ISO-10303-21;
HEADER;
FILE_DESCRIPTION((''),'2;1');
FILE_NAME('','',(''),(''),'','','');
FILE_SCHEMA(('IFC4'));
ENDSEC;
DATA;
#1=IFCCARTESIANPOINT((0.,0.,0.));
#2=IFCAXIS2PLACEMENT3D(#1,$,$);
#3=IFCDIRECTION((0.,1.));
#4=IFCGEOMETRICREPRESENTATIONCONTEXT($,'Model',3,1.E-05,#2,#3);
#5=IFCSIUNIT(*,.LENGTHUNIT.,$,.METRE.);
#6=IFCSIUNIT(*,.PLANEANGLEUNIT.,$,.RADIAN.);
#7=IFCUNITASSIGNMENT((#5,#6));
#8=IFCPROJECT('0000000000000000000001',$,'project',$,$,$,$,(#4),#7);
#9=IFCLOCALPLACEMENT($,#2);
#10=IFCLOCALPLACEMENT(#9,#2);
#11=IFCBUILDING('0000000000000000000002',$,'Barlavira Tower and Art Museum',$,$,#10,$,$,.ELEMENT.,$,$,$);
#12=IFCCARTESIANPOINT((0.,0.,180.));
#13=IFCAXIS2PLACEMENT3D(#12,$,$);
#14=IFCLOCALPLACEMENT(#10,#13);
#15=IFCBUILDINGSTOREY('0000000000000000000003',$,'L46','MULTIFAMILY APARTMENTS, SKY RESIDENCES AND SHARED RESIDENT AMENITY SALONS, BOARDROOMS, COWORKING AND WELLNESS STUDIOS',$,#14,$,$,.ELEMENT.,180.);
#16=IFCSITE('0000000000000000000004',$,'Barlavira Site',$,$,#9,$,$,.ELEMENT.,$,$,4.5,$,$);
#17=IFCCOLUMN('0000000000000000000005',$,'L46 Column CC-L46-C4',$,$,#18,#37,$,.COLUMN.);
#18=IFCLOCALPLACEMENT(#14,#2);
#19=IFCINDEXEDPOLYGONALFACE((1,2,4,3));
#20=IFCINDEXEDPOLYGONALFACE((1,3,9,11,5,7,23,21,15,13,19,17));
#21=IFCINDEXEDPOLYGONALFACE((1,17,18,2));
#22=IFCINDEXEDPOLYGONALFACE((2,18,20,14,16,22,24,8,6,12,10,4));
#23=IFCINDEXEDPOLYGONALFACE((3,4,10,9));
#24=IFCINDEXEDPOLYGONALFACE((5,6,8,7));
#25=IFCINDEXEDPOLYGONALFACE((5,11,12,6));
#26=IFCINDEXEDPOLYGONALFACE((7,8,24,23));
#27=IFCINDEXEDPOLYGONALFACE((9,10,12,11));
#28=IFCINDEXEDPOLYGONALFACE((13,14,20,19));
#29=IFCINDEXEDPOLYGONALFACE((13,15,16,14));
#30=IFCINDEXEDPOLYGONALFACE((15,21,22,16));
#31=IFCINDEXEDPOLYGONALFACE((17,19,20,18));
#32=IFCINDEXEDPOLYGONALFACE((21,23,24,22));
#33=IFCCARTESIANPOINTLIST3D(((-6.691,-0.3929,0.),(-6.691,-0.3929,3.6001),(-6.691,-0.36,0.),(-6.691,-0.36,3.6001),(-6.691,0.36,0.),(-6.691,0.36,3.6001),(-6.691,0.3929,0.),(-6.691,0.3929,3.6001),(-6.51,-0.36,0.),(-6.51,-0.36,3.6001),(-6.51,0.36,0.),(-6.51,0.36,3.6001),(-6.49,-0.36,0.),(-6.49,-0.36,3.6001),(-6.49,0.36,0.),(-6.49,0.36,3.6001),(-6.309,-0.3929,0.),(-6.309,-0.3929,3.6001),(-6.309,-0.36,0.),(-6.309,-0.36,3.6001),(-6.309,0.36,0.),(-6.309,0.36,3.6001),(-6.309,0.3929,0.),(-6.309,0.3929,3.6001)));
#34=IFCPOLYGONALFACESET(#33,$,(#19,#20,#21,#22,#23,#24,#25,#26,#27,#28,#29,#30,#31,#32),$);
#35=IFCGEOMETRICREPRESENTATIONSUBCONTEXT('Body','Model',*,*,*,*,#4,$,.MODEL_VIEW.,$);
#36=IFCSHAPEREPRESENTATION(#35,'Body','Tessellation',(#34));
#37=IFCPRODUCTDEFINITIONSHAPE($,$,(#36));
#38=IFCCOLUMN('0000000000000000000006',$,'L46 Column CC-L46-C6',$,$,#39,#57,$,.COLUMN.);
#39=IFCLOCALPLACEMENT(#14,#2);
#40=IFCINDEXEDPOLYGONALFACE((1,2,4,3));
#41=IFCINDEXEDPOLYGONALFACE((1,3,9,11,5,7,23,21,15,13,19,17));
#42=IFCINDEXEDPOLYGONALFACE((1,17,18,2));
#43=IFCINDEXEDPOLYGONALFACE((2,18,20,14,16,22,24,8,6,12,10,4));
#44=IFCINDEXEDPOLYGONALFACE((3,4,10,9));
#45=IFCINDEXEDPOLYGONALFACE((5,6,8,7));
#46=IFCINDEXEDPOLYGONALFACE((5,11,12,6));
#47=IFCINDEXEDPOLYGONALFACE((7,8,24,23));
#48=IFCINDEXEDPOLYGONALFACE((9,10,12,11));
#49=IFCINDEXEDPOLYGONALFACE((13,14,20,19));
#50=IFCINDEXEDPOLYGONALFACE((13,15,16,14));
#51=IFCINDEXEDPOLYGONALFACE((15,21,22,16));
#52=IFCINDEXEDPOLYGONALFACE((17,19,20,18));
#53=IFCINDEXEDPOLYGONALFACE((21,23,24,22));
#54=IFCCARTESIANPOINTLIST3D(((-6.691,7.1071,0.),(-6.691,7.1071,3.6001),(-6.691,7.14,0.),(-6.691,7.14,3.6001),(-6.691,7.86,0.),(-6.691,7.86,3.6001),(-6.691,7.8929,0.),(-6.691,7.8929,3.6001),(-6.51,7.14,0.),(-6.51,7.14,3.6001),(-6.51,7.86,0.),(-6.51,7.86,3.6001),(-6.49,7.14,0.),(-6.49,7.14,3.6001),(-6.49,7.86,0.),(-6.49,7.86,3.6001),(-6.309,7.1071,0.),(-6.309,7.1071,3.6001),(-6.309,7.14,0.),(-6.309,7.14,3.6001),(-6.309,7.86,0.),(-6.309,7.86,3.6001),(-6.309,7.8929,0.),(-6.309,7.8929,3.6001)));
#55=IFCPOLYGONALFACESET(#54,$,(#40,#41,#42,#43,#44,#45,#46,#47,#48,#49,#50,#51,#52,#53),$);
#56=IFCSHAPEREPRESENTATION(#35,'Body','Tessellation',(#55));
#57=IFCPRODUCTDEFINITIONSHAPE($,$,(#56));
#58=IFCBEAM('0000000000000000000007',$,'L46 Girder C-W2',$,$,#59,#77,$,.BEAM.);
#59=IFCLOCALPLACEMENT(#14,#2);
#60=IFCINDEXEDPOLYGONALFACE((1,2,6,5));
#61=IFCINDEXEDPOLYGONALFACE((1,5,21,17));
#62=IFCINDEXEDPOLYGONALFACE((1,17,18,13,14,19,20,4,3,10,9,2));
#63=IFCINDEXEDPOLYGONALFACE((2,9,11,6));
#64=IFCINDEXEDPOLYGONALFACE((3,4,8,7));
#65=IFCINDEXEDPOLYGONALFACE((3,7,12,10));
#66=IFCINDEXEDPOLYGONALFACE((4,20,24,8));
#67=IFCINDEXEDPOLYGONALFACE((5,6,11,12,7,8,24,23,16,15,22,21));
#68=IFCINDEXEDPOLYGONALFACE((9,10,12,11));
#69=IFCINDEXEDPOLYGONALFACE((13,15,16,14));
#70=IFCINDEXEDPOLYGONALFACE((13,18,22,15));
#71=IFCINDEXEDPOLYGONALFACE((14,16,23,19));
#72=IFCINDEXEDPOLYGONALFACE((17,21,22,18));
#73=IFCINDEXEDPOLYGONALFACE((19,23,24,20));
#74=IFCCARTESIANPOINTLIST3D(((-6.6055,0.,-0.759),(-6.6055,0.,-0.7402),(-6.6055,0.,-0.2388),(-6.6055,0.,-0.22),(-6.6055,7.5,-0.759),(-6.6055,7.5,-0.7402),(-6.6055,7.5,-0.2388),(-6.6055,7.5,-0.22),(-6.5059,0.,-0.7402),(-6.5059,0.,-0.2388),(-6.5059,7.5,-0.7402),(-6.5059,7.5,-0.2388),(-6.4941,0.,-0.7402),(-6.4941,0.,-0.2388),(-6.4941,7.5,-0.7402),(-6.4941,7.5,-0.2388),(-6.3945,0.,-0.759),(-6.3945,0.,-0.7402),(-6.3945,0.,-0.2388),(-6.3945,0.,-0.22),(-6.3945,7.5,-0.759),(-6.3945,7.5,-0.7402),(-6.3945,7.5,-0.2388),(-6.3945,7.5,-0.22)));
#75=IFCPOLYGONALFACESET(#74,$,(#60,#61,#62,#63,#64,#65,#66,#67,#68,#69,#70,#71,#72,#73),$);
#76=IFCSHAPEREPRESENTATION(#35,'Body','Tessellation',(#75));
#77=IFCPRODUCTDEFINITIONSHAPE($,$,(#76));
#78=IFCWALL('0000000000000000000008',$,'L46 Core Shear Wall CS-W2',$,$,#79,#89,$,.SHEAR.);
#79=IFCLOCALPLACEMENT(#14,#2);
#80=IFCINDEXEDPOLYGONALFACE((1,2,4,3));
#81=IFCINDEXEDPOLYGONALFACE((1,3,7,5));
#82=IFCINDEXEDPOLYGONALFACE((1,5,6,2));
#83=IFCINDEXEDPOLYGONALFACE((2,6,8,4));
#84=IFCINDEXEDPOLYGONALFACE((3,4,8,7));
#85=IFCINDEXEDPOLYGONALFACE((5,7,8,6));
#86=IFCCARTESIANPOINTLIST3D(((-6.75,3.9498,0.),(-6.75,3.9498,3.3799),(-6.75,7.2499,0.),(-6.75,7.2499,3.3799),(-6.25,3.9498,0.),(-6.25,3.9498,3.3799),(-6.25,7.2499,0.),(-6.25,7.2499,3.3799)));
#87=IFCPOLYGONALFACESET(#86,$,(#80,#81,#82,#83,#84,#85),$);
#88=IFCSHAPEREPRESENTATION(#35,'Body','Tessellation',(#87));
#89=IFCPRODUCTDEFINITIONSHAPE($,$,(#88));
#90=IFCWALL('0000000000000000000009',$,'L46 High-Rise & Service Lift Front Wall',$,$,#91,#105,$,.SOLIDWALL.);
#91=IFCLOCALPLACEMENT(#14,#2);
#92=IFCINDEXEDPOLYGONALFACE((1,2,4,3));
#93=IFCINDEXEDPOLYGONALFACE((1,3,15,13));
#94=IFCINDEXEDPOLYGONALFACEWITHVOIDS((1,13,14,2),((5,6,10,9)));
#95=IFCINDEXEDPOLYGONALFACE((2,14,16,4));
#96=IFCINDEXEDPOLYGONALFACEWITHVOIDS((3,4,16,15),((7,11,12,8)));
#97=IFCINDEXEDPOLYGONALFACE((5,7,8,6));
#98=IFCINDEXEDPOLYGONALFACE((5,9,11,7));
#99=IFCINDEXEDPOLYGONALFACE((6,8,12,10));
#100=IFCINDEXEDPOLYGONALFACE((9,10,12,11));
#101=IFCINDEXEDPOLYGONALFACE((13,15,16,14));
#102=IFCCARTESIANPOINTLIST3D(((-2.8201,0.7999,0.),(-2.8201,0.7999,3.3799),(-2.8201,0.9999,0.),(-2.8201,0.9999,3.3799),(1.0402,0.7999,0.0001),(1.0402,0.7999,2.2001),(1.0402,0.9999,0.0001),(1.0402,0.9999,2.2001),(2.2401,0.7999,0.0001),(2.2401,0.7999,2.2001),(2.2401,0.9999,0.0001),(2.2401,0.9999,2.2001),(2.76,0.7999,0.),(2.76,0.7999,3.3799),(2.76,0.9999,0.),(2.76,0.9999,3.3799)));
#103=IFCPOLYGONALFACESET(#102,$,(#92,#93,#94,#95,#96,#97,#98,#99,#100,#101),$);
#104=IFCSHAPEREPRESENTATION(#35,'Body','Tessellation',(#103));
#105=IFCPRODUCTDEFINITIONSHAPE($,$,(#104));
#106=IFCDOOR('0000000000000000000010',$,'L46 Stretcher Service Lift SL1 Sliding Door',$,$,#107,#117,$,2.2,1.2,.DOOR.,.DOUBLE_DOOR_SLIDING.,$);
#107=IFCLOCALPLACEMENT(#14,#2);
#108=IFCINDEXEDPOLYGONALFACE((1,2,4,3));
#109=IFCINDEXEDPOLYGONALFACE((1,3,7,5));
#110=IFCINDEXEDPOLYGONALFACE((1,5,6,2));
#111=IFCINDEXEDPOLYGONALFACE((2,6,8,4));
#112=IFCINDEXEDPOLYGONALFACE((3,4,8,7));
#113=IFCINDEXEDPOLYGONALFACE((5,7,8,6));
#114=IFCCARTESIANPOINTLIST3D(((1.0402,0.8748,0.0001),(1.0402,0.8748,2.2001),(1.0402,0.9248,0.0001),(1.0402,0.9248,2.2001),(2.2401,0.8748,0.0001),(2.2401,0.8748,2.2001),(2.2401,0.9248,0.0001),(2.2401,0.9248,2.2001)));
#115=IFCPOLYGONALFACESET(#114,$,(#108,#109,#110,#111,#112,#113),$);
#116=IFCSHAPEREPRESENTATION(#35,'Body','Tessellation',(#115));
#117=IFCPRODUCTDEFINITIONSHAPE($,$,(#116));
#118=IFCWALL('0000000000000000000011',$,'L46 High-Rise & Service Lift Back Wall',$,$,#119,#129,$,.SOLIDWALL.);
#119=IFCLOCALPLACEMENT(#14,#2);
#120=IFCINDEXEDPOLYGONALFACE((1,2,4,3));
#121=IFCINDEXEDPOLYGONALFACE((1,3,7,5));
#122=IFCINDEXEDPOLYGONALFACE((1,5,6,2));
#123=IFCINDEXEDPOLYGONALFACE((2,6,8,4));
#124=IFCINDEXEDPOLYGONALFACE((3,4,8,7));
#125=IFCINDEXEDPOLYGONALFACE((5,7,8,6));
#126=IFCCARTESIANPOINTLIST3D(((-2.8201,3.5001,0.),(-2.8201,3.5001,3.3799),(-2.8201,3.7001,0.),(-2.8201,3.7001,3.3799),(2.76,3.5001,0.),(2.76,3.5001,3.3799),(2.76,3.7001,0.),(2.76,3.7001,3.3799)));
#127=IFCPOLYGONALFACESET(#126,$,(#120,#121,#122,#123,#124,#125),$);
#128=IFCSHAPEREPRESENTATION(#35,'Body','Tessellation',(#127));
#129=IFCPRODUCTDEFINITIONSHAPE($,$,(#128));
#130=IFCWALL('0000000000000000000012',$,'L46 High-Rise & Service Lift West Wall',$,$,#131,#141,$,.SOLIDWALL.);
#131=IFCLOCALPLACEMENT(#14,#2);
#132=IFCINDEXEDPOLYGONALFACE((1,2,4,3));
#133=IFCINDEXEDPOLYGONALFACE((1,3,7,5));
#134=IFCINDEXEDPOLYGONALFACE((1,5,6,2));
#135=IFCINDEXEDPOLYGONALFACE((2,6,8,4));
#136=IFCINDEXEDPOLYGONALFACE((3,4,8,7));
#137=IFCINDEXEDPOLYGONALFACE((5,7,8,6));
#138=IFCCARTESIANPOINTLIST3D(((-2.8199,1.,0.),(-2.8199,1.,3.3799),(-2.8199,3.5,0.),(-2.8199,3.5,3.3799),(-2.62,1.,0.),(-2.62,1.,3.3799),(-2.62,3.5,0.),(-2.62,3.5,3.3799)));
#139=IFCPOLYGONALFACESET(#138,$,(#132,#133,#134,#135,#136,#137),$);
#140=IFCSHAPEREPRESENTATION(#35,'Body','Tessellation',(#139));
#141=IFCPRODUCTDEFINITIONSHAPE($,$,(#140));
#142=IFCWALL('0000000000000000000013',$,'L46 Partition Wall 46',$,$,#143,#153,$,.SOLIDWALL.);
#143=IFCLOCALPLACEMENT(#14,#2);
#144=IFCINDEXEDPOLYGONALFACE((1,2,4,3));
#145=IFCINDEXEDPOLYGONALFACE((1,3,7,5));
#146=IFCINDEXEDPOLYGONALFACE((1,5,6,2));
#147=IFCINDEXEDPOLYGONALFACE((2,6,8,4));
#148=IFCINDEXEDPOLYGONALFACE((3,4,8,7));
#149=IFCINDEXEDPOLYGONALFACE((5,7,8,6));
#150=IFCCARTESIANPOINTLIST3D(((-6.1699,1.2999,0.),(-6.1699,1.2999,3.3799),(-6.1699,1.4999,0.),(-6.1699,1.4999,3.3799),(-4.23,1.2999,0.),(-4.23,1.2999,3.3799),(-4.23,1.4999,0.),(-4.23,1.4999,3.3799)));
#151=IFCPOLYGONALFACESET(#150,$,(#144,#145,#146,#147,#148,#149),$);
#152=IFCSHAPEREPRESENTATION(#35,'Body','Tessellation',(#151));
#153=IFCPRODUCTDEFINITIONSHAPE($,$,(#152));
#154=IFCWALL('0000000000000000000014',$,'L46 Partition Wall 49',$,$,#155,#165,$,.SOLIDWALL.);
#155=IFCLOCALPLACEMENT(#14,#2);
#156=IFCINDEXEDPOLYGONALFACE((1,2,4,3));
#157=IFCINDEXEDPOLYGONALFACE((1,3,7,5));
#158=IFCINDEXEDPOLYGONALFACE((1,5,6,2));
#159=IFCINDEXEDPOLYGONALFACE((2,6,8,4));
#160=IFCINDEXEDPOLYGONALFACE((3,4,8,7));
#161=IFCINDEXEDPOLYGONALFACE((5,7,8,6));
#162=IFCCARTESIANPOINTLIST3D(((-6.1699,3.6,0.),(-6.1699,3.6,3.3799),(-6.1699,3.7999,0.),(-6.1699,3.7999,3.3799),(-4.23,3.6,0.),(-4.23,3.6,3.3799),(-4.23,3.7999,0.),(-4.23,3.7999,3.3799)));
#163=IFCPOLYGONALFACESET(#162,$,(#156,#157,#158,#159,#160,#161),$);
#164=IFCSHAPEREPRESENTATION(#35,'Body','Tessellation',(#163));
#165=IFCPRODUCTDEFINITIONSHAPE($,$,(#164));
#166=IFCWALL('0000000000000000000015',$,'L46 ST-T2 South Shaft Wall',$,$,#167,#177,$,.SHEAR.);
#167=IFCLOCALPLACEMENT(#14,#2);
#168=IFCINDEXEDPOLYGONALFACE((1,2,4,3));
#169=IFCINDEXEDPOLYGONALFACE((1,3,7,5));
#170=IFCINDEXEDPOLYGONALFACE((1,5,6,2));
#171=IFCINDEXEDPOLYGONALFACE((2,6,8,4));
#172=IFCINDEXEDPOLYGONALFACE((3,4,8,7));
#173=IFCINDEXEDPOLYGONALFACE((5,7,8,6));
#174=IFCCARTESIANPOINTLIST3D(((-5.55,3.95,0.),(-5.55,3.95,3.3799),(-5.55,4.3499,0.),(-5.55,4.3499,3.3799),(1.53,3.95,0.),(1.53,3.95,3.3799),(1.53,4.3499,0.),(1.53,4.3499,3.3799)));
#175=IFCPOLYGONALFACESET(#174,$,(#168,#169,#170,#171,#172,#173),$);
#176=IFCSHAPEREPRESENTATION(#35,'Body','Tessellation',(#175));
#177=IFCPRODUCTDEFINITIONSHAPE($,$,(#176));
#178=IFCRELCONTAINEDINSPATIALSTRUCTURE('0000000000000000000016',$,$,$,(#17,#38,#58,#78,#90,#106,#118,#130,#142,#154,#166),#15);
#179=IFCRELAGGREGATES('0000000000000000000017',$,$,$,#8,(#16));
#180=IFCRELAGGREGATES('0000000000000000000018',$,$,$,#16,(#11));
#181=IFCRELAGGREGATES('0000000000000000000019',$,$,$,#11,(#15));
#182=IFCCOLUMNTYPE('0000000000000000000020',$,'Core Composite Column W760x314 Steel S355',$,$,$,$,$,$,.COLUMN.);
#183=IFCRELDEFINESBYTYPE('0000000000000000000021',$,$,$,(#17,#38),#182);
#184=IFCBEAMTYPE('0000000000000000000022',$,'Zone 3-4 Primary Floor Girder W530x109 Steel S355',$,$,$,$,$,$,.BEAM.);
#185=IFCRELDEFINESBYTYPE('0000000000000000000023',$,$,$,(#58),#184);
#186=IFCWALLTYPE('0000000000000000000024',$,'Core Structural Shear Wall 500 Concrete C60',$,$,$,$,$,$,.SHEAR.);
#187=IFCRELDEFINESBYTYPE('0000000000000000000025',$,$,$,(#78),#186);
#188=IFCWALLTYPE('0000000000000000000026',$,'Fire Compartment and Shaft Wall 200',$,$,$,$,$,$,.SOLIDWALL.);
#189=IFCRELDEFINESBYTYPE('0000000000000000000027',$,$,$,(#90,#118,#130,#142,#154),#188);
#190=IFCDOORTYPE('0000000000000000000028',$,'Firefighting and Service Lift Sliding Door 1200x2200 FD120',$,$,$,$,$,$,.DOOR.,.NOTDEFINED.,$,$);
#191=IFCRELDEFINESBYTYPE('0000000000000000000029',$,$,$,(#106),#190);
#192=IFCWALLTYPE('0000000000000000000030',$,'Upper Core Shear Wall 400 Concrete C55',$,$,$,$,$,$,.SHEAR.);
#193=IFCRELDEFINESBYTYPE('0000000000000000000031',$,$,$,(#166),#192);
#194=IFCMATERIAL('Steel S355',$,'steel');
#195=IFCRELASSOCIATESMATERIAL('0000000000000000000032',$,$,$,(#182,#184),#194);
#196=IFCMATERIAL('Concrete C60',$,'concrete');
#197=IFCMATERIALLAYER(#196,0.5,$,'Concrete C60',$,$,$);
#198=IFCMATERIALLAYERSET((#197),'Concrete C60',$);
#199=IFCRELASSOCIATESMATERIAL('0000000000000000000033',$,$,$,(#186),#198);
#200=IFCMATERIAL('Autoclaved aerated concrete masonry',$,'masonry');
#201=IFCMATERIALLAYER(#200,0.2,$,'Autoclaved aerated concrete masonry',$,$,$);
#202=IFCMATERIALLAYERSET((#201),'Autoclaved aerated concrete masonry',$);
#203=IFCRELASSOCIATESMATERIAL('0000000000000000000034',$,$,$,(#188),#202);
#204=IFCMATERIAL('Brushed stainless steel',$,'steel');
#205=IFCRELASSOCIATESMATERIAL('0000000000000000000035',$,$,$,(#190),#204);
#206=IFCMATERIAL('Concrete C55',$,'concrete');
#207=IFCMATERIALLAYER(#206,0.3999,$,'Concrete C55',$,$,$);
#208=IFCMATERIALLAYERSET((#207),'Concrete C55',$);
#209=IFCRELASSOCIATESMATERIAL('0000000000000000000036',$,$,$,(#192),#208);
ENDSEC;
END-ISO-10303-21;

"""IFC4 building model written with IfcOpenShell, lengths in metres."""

from ifc_helpers import new_model, si_unit, direction, frame, frame_2d, origin, origin_2d, place, context, subcontext, project, spatial, rectangle, i_section, extrude, material, layer, layer_set, material_profile, profile_set, type_object, element, fill, save


model = new_model("IFC4")

# Units and contexts
model_context = context("Model", 3, precision=1e-05, world=origin(), true_north=direction((0.0, 1.0)))
body_context = subcontext(model_context, "Body", "Model", "MODEL_VIEW")
ifc_project = project(units=[si_unit("LENGTHUNIT", "METRE"), si_unit("PLANEANGLEUNIT", "RADIAN")], contexts=[model_context])

# Site, building, storey
site_placement = place(None, origin())
site = spatial("IfcSite", under=ifc_project, at=site_placement, Name="Barlavira Site", CompositionType="ELEMENT", RefElevation=4.5)
building_placement = place(site_placement, origin())
building = spatial("IfcBuilding", under=site, at=building_placement, Name="Barlavira Tower and Art Museum", CompositionType="ELEMENT")
storey_placement = place(building_placement, frame((0.0, 0.0, 180.0)))
storey = spatial("IfcBuildingStorey", under=building, at=storey_placement, Name="L46", Description="MULTIFAMILY APARTMENTS, SKY RESIDENCES AND SHARED RESIDENT AMENITY SALONS, BOARDROOMS, COWORKING AND WELLNESS STUDIOS", CompositionType="ELEMENT", Elevation=180.0)

# Columns
ifc_material_1 = material(Name="Steel S355", Category="steel")
ifc_material_profile_1 = material_profile(ifc_material_1, i_section(OverallWidth=0.3821, OverallDepth=0.7859, WebThickness=0.02, FlangeThickness=0.033, at=origin_2d()), Name="W760x314.0")
ifc_profile_set_1 = profile_set([ifc_material_profile_1], Name="Steel S355")
column_type = type_object("IfcColumnType", Name="Core Composite Column W760x314 Steel S355", PredefinedType="COLUMN", material=ifc_profile_set_1)
for number, where, z_axis, x_axis, name in (
    (1, (-6.5, 0.0, 0.0), (0.0, 0.0, 1.0), (1.0, 0.0, 0.0), "L46 Column CC-L46-C4"),
    (2, (-6.5, 7.5, 0.0), (0.0, 0.0, 1.0), (1.0, 0.0, 0.0), "L46 Column CC-L46-C6"),
):
    element("IfcColumn", number, at=place(storey_placement, frame(where, z_axis=z_axis, x_axis=x_axis)), inside=storey, type_object=column_type, Name=name, PredefinedType="COLUMN", context=body_context, shape_type="SweptSolid", body=[
        extrude(i_section(OverallWidth=0.3821, OverallDepth=0.7859, WebThickness=0.02, FlangeThickness=0.033, at=origin_2d()), origin(), (0.0, 0.0, 1.0), 3.6001),
    ])

# Beam
ifc_material_profile_2 = material_profile(ifc_material_1, i_section(OverallWidth=0.2109, OverallDepth=0.5391, WebThickness=0.0117, FlangeThickness=0.0188, at=origin_2d()), Name="W530x109.0")
ifc_profile_set_2 = profile_set([ifc_material_profile_2], Name="Steel S355")
beam_type = type_object("IfcBeamType", Name="Zone 3-4 Primary Floor Girder W530x109 Steel S355", PredefinedType="BEAM", material=ifc_profile_set_2)
beam_placement = place(storey_placement, frame((-6.5, 0.0, -0.4895), z_axis=(0.0, 1.0, 0.0), x_axis=(-1.0, 0.0, 0.0)))
element("IfcBeam", 3, at=beam_placement, inside=storey, type_object=beam_type, Name="L46 Girder C-W2", PredefinedType="BEAM", context=body_context, shape_type="SweptSolid", body=[
    extrude(i_section(OverallWidth=0.2109, OverallDepth=0.5391, WebThickness=0.0117, FlangeThickness=0.0188, at=origin_2d()), origin(), (0.0, 0.0, 1.0), 7.5),
])

# Shared definitions
ifc_material_2 = material(Name="Concrete C60", Category="concrete")
ifc_layer_1 = layer(ifc_material_2, 0.5, Name="Concrete C60")
ifc_layer_set_1 = layer_set([ifc_layer_1], Name="Concrete C60")
wall_type_1 = type_object("IfcWallType", Name="Core Structural Shear Wall 500 Concrete C60", PredefinedType="SHEAR", material=ifc_layer_set_1)
ifc_material_3 = material(Name="Brushed stainless steel", Category="steel")

# Wall
wall_1_placement = place(storey_placement, frame((-6.5, 3.95, 0.0), z_axis=(0.0, 0.0, 1.0), x_axis=(0.0, 1.0, 0.0)))
element("IfcWall", 4, at=wall_1_placement, inside=storey, type_object=wall_type_1, Name="L46 Core Shear Wall CS-W2", PredefinedType="SHEAR", context=body_context, shape_type="SweptSolid", body=[
    extrude(rectangle(XDim=3.3, YDim=0.5, at=frame_2d((1.6499, 0.0))), origin(), (0.0, 0.0, 1.0), 3.3799),
])

# Wall, opening, door
ifc_material_4 = material(Name="Autoclaved aerated concrete masonry", Category="masonry")
ifc_layer_2 = layer(ifc_material_4, 0.2, Name="Autoclaved aerated concrete masonry")
ifc_layer_set_2 = layer_set([ifc_layer_2], Name="Autoclaved aerated concrete masonry")
wall_type_2 = type_object("IfcWallType", Name="Fire Compartment and Shaft Wall 200", PredefinedType="SOLIDWALL", material=ifc_layer_set_2)
wall_2_placement = place(storey_placement, frame((-2.8201, 0.8999, 0.0), z_axis=(0.0, 0.0, 1.0), x_axis=(1.0, 0.0, 0.0)))
wall_2 = element("IfcWall", 5, at=wall_2_placement, inside=storey, type_object=wall_type_2, Name="L46 High-Rise & Service Lift Front Wall", PredefinedType="SOLIDWALL", context=body_context, shape_type="SweptSolid", body=[
    extrude(rectangle(XDim=5.5801, YDim=0.2, at=frame_2d((2.79, 0.0))), origin(), (0.0, 0.0, 1.0), 3.3799),
])
opening_1_placement = place(wall_2_placement, frame((3.8601, 0.0, 0.0)))
opening_1 = element("IfcOpeningElement", 6, at=opening_1_placement, cuts=wall_2, PredefinedType="OPENING", context=body_context, shape_type="SweptSolid", body=[
    extrude(rectangle(XDim=1.2, YDim=2.2, at=frame_2d((0.6001, 1.1001))), frame((0.0, 0.1099, 0.0), z_axis=(0.0, -1.0, 0.0), x_axis=(1.0, 0.0, 0.0)), (0.0, 0.0, 1.0), 0.22),
])
door_type_1 = type_object("IfcDoorType", Name="Firefighting and Service Lift Sliding Door 1200x2200 FD120", OperationType="NOTDEFINED", PredefinedType="DOOR", material=ifc_material_3)
door_1_placement = place(opening_1_placement, origin())
door_1 = element("IfcDoor", 7, at=door_1_placement, inside=storey, type_object=door_type_1, Name="L46 Stretcher Service Lift SL1 Sliding Door", OperationType="DOUBLE_DOOR_SLIDING", OverallHeight=2.2, OverallWidth=1.2, PredefinedType="DOOR", context=body_context, shape_type="SweptSolid", body=[
    extrude(rectangle(XDim=1.2, YDim=2.2, at=frame_2d((0.6001, 1.1001))), frame((0.0, 0.0249, 0.0), z_axis=(0.0, -1.0, 0.0), x_axis=(1.0, 0.0, 0.0)), (0.0, 0.0, 1.0), 0.05),
])
fill(opening_1, door_1)

# Walls
wall_3_placement = place(storey_placement, frame((-2.8201, 3.6001, 0.0), z_axis=(0.0, 0.0, 1.0), x_axis=(1.0, 0.0, 0.0)))
element("IfcWall", 8, at=wall_3_placement, inside=storey, type_object=wall_type_2, Name="L46 High-Rise & Service Lift Back Wall", PredefinedType="SOLIDWALL", context=body_context, shape_type="SweptSolid", body=[
    extrude(rectangle(XDim=5.5801, YDim=0.2, at=frame_2d((2.79, 0.0))), origin(), (0.0, 0.0, 1.0), 3.3799),
])
wall_4_placement = place(storey_placement, frame((-2.72, 1.0, 0.0), z_axis=(0.0, 0.0, 1.0), x_axis=(0.0, 1.0, 0.0)))
element("IfcWall", 9, at=wall_4_placement, inside=storey, type_object=wall_type_2, Name="L46 High-Rise & Service Lift West Wall", PredefinedType="SOLIDWALL", context=body_context, shape_type="SweptSolid", body=[
    extrude(rectangle(XDim=2.5, YDim=0.2, at=frame_2d((1.25, 0.0))), origin(), (0.0, 0.0, 1.0), 3.3799),
])
for number, where, z_axis, x_axis, name in (
    (10, (-6.1699, 1.3999, 0.0), (0.0, 0.0, 1.0), (1.0, 0.0, 0.0), "L46 Partition Wall 46"),
    (11, (-6.1699, 3.7, 0.0), (0.0, 0.0, 1.0), (1.0, 0.0, 0.0), "L46 Partition Wall 49"),
):
    element("IfcWall", number, at=place(storey_placement, frame(where, z_axis=z_axis, x_axis=x_axis)), inside=storey, type_object=wall_type_2, Name=name, PredefinedType="SOLIDWALL", context=body_context, shape_type="SweptSolid", body=[
        extrude(rectangle(XDim=1.9399, YDim=0.2, at=frame_2d((0.97, 0.0))), origin(), (0.0, 0.0, 1.0), 3.3799),
    ])
ifc_material_5 = material(Name="Concrete C55", Category="concrete")
ifc_layer_3 = layer(ifc_material_5, 0.3999, Name="Concrete C55")
ifc_layer_set_3 = layer_set([ifc_layer_3], Name="Concrete C55")
wall_type_3 = type_object("IfcWallType", Name="Upper Core Shear Wall 400 Concrete C55", PredefinedType="SHEAR", material=ifc_layer_set_3)
wall_5_placement = place(storey_placement, frame((-5.55, 4.1499, 0.0), z_axis=(0.0, 0.0, 1.0), x_axis=(1.0, 0.0, 0.0)))
element("IfcWall", 12, at=wall_5_placement, inside=storey, type_object=wall_type_3, Name="L46 ST-T2 South Shaft Wall", PredefinedType="SHEAR", context=body_context, shape_type="SweptSolid", body=[
    extrude(rectangle(XDim=7.0801, YDim=0.3999, at=frame_2d((3.54, 0.0))), origin(), (0.0, 0.0, 1.0), 3.3799),
])

save(model, "model.ifc")
